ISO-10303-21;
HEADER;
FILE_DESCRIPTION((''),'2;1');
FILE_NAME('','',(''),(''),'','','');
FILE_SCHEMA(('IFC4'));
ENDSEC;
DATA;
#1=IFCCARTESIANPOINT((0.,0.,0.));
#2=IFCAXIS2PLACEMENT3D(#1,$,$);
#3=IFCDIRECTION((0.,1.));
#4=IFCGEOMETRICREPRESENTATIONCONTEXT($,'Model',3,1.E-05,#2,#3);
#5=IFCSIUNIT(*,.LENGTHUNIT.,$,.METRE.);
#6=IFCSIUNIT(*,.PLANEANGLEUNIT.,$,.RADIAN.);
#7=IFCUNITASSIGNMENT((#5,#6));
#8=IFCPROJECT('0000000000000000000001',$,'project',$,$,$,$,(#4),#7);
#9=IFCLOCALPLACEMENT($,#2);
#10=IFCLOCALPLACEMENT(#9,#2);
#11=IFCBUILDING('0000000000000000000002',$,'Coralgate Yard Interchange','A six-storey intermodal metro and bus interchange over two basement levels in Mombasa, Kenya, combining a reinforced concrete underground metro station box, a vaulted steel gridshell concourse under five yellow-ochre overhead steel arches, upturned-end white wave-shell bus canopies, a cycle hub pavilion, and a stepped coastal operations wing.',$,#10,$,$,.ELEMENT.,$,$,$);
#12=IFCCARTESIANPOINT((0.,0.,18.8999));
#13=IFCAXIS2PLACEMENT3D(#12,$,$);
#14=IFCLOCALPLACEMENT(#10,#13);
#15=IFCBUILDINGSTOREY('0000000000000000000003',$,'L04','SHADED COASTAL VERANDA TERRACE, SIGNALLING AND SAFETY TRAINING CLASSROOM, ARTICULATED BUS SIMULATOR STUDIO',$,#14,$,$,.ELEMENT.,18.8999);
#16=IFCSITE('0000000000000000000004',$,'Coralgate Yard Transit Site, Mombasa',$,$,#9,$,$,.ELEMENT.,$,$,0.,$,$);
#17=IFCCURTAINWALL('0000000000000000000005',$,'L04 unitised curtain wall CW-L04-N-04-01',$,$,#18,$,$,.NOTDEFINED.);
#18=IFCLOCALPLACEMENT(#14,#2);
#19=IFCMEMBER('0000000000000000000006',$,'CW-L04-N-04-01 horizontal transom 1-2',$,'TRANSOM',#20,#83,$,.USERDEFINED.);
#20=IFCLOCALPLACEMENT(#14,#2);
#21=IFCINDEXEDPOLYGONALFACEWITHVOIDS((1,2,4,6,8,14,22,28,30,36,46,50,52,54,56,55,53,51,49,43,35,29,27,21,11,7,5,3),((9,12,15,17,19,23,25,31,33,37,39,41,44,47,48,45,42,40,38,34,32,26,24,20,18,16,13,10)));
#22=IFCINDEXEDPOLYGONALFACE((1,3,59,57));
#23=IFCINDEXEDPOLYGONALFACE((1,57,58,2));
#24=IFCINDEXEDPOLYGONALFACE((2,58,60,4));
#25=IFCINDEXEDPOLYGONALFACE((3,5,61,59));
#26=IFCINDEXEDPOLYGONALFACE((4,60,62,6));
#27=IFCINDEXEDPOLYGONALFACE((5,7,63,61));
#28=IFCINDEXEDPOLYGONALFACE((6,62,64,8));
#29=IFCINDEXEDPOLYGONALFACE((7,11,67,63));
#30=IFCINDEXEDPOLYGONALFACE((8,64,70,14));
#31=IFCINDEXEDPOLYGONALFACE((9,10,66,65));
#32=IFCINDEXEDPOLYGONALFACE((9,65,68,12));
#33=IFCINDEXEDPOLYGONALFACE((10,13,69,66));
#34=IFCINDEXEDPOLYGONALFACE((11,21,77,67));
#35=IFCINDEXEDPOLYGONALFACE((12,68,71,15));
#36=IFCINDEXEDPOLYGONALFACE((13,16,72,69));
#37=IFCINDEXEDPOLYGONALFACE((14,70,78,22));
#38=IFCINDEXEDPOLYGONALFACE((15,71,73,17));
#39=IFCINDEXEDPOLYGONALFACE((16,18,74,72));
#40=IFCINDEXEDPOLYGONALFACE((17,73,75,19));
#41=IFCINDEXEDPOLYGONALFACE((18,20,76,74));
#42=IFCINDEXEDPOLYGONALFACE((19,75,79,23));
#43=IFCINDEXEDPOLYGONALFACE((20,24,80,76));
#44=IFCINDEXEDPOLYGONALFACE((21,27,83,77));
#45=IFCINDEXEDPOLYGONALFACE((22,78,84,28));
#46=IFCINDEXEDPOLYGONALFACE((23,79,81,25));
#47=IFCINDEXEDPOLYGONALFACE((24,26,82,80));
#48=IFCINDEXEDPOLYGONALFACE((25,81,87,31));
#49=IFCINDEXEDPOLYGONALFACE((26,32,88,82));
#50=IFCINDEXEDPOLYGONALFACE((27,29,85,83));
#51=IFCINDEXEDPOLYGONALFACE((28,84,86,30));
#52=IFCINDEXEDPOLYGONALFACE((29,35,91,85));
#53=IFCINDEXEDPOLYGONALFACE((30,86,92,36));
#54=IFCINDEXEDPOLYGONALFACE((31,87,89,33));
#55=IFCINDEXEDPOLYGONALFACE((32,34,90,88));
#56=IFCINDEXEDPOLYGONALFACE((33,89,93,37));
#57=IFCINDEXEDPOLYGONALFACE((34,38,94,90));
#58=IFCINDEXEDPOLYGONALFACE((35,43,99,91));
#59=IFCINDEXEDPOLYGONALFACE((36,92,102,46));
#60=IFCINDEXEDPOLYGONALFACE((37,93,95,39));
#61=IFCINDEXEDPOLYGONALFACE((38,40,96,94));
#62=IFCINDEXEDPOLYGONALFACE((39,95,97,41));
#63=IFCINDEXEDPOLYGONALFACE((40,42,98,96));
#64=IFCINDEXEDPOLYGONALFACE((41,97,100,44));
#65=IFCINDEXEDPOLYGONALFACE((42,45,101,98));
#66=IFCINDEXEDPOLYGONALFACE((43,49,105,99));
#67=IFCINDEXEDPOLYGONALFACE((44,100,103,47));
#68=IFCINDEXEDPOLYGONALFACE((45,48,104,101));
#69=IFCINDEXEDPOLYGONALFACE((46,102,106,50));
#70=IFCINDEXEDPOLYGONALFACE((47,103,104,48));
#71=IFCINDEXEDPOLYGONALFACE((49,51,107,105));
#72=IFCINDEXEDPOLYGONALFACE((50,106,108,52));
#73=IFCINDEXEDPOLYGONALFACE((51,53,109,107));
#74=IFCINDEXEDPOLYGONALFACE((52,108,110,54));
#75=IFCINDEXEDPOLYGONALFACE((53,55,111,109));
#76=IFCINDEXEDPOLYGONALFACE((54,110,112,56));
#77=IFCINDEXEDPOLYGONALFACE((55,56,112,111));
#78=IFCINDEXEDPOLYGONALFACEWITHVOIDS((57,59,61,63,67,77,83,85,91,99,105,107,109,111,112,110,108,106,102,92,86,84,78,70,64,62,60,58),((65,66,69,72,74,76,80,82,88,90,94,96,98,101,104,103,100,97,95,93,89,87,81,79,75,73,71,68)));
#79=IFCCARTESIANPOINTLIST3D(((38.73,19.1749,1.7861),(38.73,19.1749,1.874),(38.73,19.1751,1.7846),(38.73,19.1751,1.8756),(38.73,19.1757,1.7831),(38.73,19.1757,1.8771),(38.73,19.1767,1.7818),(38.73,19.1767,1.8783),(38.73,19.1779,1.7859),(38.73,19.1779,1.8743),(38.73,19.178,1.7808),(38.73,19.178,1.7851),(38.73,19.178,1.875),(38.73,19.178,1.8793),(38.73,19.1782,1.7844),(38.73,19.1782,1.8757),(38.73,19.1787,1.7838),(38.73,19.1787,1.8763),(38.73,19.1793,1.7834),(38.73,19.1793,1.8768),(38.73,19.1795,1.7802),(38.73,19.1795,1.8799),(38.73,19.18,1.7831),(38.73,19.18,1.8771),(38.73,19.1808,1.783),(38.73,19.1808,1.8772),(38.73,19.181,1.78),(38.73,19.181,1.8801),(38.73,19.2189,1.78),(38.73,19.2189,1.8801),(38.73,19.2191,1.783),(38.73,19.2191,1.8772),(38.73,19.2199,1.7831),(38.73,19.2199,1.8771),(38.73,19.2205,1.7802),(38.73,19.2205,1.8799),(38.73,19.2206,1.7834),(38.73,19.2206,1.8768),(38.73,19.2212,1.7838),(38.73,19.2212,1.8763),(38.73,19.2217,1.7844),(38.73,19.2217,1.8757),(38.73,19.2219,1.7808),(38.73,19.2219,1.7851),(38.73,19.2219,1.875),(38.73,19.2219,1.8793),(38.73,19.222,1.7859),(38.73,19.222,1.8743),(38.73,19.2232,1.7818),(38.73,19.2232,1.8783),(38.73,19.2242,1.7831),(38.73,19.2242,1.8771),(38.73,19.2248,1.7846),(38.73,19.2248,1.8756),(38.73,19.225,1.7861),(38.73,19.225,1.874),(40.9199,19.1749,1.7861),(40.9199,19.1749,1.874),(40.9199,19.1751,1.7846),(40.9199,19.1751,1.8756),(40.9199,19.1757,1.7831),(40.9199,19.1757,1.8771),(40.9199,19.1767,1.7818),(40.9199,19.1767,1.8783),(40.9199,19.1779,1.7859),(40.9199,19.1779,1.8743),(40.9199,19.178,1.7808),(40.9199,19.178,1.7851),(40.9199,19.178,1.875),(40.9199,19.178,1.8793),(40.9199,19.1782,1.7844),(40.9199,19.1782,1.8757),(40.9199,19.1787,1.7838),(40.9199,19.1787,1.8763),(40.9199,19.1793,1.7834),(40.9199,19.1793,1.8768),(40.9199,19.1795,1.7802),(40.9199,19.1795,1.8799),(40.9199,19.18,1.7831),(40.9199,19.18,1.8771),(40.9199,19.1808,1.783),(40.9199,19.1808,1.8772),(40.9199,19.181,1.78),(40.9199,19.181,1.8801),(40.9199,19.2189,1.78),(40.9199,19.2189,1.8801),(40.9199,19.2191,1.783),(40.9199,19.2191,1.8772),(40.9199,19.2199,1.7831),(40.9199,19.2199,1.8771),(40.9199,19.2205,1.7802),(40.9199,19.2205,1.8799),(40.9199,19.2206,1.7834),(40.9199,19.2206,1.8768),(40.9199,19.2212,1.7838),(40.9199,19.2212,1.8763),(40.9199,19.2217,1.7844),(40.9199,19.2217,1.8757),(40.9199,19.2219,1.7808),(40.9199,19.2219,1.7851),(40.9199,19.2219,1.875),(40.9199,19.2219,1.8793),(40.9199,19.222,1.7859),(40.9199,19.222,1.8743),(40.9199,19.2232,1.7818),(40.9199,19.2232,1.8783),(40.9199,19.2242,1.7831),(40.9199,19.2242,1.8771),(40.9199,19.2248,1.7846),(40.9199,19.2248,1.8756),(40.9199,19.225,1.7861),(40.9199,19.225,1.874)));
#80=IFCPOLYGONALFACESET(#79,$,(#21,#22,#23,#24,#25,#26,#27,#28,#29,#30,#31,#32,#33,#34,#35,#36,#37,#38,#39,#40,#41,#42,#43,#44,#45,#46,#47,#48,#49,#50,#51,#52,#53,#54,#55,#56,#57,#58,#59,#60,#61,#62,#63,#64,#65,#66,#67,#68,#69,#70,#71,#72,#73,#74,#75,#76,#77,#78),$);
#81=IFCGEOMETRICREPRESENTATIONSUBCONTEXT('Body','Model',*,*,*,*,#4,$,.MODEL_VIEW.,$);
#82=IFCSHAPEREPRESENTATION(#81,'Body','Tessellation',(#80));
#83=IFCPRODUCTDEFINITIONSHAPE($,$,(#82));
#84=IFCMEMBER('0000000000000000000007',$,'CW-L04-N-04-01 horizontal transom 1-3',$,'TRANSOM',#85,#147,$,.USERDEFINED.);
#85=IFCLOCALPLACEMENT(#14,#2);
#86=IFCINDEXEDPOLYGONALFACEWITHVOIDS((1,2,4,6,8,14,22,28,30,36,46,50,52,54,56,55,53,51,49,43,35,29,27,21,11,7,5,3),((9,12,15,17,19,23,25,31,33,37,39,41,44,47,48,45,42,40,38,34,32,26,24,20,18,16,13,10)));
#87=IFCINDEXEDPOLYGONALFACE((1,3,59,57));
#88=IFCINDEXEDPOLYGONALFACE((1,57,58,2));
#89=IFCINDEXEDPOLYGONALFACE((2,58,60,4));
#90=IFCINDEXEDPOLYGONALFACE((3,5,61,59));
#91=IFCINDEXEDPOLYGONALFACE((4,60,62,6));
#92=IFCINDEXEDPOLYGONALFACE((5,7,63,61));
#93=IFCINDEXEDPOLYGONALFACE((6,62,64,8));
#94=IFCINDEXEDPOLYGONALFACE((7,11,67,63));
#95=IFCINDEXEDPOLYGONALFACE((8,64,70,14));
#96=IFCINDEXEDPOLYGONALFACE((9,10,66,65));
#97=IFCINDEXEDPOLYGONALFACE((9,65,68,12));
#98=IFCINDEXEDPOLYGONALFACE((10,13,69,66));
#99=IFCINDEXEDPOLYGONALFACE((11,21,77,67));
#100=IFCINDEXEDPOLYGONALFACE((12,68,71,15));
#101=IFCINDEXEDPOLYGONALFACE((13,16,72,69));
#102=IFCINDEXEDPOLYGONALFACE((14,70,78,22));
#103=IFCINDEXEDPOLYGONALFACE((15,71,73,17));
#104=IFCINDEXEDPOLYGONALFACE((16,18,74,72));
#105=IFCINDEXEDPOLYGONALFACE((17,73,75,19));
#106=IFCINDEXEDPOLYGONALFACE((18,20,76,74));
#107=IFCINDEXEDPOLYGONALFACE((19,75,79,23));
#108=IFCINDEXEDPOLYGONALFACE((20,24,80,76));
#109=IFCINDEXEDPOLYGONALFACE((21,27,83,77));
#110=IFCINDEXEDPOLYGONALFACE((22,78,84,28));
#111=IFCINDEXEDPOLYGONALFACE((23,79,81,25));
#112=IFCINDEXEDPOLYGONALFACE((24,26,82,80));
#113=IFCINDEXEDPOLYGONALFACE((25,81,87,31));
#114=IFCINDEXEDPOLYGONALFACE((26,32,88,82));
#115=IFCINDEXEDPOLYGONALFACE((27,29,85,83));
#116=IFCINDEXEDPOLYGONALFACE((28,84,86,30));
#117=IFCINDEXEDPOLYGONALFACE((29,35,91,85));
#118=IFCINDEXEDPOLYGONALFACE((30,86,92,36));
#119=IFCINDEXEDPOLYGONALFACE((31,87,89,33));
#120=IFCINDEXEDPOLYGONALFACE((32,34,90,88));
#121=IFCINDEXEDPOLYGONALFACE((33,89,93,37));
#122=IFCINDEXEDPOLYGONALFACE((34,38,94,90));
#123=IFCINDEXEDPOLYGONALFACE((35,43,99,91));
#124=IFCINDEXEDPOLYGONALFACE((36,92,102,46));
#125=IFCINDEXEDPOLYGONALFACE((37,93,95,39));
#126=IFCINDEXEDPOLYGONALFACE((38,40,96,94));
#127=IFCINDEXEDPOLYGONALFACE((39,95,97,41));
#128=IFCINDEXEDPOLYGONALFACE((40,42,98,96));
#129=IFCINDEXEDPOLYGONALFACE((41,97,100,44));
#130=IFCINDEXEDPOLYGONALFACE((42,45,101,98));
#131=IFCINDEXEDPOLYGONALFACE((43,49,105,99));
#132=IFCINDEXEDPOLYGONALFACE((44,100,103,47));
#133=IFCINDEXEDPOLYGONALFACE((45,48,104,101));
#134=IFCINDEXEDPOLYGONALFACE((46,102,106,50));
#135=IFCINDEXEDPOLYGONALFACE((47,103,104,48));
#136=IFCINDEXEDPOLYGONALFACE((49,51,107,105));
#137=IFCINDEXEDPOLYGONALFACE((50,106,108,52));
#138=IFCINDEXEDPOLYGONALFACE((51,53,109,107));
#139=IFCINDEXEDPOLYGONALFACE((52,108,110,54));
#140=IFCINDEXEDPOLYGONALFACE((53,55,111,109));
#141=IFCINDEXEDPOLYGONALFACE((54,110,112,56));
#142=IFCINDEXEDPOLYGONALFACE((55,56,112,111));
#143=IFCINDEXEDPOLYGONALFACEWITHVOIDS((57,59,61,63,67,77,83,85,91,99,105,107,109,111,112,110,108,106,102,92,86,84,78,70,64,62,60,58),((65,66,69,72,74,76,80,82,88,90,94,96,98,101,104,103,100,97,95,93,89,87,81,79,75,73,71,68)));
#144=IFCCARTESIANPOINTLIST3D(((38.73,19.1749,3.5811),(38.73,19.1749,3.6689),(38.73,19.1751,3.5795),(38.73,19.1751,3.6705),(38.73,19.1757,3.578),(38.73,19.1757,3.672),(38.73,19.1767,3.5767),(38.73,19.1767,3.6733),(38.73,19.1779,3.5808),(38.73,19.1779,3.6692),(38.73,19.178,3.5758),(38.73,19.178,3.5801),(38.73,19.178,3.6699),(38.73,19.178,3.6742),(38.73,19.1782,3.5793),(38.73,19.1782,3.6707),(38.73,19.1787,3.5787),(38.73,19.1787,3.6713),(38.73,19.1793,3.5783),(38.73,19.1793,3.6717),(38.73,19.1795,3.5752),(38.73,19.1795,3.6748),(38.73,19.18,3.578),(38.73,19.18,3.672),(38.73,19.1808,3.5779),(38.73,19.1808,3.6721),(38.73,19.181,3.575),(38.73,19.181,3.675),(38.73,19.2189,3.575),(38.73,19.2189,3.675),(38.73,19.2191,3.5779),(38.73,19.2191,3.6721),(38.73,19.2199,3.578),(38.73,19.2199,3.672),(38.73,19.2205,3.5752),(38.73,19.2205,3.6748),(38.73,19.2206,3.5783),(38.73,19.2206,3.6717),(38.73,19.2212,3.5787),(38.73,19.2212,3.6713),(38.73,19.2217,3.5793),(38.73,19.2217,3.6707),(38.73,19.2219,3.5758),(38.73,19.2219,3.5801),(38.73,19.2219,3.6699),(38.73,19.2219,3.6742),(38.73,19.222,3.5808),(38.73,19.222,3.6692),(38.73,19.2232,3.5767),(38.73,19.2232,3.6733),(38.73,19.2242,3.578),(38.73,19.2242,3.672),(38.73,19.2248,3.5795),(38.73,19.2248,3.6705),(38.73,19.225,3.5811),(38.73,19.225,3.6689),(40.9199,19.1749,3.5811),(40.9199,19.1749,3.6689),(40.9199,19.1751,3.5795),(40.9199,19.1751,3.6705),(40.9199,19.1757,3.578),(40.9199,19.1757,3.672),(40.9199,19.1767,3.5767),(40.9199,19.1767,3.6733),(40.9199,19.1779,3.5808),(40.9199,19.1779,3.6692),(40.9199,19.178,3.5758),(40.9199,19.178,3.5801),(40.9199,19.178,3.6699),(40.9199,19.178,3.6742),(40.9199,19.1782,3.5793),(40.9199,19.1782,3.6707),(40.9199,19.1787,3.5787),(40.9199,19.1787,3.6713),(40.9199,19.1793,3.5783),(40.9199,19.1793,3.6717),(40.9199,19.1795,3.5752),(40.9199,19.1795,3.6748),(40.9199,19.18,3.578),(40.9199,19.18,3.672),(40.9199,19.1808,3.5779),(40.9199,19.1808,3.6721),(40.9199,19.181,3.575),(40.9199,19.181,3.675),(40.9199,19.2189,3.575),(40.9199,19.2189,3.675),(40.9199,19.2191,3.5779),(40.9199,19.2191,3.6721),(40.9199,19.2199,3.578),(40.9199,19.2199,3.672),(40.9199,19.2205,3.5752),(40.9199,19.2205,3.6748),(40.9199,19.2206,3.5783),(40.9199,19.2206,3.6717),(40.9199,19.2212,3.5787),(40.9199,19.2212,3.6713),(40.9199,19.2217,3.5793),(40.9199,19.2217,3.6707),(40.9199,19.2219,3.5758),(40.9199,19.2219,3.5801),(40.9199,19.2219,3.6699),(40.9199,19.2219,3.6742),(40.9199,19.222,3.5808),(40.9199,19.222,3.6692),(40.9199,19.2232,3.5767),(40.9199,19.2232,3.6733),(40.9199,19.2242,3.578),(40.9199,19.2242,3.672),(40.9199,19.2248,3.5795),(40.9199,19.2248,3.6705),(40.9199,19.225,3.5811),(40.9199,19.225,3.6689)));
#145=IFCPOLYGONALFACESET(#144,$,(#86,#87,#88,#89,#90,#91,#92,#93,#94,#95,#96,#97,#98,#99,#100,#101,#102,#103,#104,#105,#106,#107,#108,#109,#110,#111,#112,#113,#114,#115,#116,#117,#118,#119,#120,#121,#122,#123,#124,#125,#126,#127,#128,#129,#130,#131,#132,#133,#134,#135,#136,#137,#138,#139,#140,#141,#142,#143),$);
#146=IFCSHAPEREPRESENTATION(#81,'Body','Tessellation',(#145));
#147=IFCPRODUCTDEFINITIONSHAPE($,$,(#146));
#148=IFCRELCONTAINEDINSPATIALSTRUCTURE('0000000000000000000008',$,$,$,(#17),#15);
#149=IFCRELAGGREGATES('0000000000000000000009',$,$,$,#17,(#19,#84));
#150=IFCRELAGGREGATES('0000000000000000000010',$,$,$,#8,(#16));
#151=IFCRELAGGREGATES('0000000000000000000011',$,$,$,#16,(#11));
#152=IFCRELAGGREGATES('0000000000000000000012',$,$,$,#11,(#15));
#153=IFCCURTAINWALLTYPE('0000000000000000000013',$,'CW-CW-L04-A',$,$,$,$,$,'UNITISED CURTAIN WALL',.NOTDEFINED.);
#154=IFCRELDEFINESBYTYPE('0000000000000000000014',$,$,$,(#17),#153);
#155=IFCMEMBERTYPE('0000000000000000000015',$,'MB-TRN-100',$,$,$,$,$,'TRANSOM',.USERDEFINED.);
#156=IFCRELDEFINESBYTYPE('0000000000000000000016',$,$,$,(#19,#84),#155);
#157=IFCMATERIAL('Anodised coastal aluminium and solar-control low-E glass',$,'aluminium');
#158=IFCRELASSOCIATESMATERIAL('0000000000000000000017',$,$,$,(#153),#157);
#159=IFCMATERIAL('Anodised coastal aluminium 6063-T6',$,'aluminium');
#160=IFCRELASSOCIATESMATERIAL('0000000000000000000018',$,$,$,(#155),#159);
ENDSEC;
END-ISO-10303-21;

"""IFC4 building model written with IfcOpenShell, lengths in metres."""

from ifc_helpers import new_model, si_unit, direction, frame, origin, origin_2d, place, context, subcontext, project, spatial, hollow_rectangle, extrude, material, material_profile, profile_set, type_object, element, aggregate, save


model = new_model("IFC4")

# Units and contexts
model_context = context("Model", 3, precision=1e-05, world=origin(), true_north=direction((0.0, 1.0)))
body_context = subcontext(model_context, "Body", "Model", "MODEL_VIEW")
ifc_project = project(units=[si_unit("LENGTHUNIT", "METRE"), si_unit("PLANEANGLEUNIT", "RADIAN")], contexts=[model_context])

# Site, building, storey
site_placement = place(None, origin())
site = spatial("IfcSite", under=ifc_project, at=site_placement, Name="Coralgate Yard Transit Site, Mombasa", CompositionType="ELEMENT", RefElevation=0.0)
building_placement = place(site_placement, origin())
building = spatial("IfcBuilding", under=site, at=building_placement, Name="Coralgate Yard Interchange", Description="A six-storey intermodal metro and bus interchange over two basement levels in Mombasa, Kenya, combining a reinforced concrete underground metro station box, a vaulted steel gridshell concourse under five yellow-ochre overhead steel arches, upturned-end white wave-shell bus canopies, a cycle hub pavilion, and a stepped coastal operations wing.", CompositionType="ELEMENT")
storey_placement = place(building_placement, frame((0.0, 0.0, 18.8999)))
storey = spatial("IfcBuildingStorey", under=building, at=storey_placement, Name="L04", Description="SHADED COASTAL VERANDA TERRACE, SIGNALLING AND SAFETY TRAINING CLASSROOM, ARTICULATED BUS SIMULATOR STUDIO", CompositionType="ELEMENT", Elevation=18.8999)

# Curtain wall, members
ifc_material_1 = material(Name="Anodised coastal aluminium and solar-control low-E glass", Category="aluminium")
curtain_wall_type = type_object("IfcCurtainWallType", Name="CW-CW-L04-A", ElementType="UNITISED CURTAIN WALL", PredefinedType="NOTDEFINED", material=ifc_material_1)
curtain_wall_placement = place(storey_placement, origin())
curtain_wall = element("IfcCurtainWall", 1, at=curtain_wall_placement, inside=storey, type_object=curtain_wall_type, Name="L04 unitised curtain wall CW-L04-N-04-01", PredefinedType="NOTDEFINED")
ifc_material_2 = material(Name="Anodised coastal aluminium 6063-T6", Category="aluminium")
ifc_material_profile_1 = material_profile(ifc_material_2, hollow_rectangle(XDim=0.05, YDim=0.1001, WallThickness=0.0029, InnerFilletRadius=0.0029, OuterFilletRadius=0.0061, at=origin_2d()), Name="ALU 50x100x3")
ifc_profile_set_1 = profile_set([ifc_material_profile_1], Name="Anodised coastal aluminium 6063-T6")
member_type_1 = type_object("IfcMemberType", Name="MB-TRN-100", ElementType="TRANSOM", PredefinedType="USERDEFINED", material=ifc_profile_set_1)
member_1_placement = place(storey_placement, frame((38.73, 19.2, 1.8301), z_axis=(1.0, 0.0, 0.0), x_axis=(0.0, 1.0, 0.0)))
member_1 = element("IfcMember", 2, at=member_1_placement, type_object=member_type_1, Name="CW-L04-N-04-01 horizontal transom 1-2", ObjectType="TRANSOM", PredefinedType="USERDEFINED", context=body_context, shape_type="SweptSolid", body=[
    extrude(hollow_rectangle(XDim=0.05, YDim=0.1001, WallThickness=0.0029, InnerFilletRadius=0.0029, OuterFilletRadius=0.0061, at=origin_2d()), origin(), (0.0, 0.0, 1.0), 2.1899),
])
member_2_placement = place(storey_placement, frame((38.73, 19.2, 3.625), z_axis=(1.0, 0.0, 0.0), x_axis=(0.0, 1.0, 0.0)))
member_2 = element("IfcMember", 3, at=member_2_placement, type_object=member_type_1, Name="CW-L04-N-04-01 horizontal transom 1-3", ObjectType="TRANSOM", PredefinedType="USERDEFINED", context=body_context, shape_type="SweptSolid", body=[
    extrude(hollow_rectangle(XDim=0.05, YDim=0.1001, WallThickness=0.0029, InnerFilletRadius=0.0029, OuterFilletRadius=0.0061, at=origin_2d()), origin(), (0.0, 0.0, 1.0), 2.1899),
])
aggregate(curtain_wall, [member_1, member_2])

save(model, "model.ifc")
